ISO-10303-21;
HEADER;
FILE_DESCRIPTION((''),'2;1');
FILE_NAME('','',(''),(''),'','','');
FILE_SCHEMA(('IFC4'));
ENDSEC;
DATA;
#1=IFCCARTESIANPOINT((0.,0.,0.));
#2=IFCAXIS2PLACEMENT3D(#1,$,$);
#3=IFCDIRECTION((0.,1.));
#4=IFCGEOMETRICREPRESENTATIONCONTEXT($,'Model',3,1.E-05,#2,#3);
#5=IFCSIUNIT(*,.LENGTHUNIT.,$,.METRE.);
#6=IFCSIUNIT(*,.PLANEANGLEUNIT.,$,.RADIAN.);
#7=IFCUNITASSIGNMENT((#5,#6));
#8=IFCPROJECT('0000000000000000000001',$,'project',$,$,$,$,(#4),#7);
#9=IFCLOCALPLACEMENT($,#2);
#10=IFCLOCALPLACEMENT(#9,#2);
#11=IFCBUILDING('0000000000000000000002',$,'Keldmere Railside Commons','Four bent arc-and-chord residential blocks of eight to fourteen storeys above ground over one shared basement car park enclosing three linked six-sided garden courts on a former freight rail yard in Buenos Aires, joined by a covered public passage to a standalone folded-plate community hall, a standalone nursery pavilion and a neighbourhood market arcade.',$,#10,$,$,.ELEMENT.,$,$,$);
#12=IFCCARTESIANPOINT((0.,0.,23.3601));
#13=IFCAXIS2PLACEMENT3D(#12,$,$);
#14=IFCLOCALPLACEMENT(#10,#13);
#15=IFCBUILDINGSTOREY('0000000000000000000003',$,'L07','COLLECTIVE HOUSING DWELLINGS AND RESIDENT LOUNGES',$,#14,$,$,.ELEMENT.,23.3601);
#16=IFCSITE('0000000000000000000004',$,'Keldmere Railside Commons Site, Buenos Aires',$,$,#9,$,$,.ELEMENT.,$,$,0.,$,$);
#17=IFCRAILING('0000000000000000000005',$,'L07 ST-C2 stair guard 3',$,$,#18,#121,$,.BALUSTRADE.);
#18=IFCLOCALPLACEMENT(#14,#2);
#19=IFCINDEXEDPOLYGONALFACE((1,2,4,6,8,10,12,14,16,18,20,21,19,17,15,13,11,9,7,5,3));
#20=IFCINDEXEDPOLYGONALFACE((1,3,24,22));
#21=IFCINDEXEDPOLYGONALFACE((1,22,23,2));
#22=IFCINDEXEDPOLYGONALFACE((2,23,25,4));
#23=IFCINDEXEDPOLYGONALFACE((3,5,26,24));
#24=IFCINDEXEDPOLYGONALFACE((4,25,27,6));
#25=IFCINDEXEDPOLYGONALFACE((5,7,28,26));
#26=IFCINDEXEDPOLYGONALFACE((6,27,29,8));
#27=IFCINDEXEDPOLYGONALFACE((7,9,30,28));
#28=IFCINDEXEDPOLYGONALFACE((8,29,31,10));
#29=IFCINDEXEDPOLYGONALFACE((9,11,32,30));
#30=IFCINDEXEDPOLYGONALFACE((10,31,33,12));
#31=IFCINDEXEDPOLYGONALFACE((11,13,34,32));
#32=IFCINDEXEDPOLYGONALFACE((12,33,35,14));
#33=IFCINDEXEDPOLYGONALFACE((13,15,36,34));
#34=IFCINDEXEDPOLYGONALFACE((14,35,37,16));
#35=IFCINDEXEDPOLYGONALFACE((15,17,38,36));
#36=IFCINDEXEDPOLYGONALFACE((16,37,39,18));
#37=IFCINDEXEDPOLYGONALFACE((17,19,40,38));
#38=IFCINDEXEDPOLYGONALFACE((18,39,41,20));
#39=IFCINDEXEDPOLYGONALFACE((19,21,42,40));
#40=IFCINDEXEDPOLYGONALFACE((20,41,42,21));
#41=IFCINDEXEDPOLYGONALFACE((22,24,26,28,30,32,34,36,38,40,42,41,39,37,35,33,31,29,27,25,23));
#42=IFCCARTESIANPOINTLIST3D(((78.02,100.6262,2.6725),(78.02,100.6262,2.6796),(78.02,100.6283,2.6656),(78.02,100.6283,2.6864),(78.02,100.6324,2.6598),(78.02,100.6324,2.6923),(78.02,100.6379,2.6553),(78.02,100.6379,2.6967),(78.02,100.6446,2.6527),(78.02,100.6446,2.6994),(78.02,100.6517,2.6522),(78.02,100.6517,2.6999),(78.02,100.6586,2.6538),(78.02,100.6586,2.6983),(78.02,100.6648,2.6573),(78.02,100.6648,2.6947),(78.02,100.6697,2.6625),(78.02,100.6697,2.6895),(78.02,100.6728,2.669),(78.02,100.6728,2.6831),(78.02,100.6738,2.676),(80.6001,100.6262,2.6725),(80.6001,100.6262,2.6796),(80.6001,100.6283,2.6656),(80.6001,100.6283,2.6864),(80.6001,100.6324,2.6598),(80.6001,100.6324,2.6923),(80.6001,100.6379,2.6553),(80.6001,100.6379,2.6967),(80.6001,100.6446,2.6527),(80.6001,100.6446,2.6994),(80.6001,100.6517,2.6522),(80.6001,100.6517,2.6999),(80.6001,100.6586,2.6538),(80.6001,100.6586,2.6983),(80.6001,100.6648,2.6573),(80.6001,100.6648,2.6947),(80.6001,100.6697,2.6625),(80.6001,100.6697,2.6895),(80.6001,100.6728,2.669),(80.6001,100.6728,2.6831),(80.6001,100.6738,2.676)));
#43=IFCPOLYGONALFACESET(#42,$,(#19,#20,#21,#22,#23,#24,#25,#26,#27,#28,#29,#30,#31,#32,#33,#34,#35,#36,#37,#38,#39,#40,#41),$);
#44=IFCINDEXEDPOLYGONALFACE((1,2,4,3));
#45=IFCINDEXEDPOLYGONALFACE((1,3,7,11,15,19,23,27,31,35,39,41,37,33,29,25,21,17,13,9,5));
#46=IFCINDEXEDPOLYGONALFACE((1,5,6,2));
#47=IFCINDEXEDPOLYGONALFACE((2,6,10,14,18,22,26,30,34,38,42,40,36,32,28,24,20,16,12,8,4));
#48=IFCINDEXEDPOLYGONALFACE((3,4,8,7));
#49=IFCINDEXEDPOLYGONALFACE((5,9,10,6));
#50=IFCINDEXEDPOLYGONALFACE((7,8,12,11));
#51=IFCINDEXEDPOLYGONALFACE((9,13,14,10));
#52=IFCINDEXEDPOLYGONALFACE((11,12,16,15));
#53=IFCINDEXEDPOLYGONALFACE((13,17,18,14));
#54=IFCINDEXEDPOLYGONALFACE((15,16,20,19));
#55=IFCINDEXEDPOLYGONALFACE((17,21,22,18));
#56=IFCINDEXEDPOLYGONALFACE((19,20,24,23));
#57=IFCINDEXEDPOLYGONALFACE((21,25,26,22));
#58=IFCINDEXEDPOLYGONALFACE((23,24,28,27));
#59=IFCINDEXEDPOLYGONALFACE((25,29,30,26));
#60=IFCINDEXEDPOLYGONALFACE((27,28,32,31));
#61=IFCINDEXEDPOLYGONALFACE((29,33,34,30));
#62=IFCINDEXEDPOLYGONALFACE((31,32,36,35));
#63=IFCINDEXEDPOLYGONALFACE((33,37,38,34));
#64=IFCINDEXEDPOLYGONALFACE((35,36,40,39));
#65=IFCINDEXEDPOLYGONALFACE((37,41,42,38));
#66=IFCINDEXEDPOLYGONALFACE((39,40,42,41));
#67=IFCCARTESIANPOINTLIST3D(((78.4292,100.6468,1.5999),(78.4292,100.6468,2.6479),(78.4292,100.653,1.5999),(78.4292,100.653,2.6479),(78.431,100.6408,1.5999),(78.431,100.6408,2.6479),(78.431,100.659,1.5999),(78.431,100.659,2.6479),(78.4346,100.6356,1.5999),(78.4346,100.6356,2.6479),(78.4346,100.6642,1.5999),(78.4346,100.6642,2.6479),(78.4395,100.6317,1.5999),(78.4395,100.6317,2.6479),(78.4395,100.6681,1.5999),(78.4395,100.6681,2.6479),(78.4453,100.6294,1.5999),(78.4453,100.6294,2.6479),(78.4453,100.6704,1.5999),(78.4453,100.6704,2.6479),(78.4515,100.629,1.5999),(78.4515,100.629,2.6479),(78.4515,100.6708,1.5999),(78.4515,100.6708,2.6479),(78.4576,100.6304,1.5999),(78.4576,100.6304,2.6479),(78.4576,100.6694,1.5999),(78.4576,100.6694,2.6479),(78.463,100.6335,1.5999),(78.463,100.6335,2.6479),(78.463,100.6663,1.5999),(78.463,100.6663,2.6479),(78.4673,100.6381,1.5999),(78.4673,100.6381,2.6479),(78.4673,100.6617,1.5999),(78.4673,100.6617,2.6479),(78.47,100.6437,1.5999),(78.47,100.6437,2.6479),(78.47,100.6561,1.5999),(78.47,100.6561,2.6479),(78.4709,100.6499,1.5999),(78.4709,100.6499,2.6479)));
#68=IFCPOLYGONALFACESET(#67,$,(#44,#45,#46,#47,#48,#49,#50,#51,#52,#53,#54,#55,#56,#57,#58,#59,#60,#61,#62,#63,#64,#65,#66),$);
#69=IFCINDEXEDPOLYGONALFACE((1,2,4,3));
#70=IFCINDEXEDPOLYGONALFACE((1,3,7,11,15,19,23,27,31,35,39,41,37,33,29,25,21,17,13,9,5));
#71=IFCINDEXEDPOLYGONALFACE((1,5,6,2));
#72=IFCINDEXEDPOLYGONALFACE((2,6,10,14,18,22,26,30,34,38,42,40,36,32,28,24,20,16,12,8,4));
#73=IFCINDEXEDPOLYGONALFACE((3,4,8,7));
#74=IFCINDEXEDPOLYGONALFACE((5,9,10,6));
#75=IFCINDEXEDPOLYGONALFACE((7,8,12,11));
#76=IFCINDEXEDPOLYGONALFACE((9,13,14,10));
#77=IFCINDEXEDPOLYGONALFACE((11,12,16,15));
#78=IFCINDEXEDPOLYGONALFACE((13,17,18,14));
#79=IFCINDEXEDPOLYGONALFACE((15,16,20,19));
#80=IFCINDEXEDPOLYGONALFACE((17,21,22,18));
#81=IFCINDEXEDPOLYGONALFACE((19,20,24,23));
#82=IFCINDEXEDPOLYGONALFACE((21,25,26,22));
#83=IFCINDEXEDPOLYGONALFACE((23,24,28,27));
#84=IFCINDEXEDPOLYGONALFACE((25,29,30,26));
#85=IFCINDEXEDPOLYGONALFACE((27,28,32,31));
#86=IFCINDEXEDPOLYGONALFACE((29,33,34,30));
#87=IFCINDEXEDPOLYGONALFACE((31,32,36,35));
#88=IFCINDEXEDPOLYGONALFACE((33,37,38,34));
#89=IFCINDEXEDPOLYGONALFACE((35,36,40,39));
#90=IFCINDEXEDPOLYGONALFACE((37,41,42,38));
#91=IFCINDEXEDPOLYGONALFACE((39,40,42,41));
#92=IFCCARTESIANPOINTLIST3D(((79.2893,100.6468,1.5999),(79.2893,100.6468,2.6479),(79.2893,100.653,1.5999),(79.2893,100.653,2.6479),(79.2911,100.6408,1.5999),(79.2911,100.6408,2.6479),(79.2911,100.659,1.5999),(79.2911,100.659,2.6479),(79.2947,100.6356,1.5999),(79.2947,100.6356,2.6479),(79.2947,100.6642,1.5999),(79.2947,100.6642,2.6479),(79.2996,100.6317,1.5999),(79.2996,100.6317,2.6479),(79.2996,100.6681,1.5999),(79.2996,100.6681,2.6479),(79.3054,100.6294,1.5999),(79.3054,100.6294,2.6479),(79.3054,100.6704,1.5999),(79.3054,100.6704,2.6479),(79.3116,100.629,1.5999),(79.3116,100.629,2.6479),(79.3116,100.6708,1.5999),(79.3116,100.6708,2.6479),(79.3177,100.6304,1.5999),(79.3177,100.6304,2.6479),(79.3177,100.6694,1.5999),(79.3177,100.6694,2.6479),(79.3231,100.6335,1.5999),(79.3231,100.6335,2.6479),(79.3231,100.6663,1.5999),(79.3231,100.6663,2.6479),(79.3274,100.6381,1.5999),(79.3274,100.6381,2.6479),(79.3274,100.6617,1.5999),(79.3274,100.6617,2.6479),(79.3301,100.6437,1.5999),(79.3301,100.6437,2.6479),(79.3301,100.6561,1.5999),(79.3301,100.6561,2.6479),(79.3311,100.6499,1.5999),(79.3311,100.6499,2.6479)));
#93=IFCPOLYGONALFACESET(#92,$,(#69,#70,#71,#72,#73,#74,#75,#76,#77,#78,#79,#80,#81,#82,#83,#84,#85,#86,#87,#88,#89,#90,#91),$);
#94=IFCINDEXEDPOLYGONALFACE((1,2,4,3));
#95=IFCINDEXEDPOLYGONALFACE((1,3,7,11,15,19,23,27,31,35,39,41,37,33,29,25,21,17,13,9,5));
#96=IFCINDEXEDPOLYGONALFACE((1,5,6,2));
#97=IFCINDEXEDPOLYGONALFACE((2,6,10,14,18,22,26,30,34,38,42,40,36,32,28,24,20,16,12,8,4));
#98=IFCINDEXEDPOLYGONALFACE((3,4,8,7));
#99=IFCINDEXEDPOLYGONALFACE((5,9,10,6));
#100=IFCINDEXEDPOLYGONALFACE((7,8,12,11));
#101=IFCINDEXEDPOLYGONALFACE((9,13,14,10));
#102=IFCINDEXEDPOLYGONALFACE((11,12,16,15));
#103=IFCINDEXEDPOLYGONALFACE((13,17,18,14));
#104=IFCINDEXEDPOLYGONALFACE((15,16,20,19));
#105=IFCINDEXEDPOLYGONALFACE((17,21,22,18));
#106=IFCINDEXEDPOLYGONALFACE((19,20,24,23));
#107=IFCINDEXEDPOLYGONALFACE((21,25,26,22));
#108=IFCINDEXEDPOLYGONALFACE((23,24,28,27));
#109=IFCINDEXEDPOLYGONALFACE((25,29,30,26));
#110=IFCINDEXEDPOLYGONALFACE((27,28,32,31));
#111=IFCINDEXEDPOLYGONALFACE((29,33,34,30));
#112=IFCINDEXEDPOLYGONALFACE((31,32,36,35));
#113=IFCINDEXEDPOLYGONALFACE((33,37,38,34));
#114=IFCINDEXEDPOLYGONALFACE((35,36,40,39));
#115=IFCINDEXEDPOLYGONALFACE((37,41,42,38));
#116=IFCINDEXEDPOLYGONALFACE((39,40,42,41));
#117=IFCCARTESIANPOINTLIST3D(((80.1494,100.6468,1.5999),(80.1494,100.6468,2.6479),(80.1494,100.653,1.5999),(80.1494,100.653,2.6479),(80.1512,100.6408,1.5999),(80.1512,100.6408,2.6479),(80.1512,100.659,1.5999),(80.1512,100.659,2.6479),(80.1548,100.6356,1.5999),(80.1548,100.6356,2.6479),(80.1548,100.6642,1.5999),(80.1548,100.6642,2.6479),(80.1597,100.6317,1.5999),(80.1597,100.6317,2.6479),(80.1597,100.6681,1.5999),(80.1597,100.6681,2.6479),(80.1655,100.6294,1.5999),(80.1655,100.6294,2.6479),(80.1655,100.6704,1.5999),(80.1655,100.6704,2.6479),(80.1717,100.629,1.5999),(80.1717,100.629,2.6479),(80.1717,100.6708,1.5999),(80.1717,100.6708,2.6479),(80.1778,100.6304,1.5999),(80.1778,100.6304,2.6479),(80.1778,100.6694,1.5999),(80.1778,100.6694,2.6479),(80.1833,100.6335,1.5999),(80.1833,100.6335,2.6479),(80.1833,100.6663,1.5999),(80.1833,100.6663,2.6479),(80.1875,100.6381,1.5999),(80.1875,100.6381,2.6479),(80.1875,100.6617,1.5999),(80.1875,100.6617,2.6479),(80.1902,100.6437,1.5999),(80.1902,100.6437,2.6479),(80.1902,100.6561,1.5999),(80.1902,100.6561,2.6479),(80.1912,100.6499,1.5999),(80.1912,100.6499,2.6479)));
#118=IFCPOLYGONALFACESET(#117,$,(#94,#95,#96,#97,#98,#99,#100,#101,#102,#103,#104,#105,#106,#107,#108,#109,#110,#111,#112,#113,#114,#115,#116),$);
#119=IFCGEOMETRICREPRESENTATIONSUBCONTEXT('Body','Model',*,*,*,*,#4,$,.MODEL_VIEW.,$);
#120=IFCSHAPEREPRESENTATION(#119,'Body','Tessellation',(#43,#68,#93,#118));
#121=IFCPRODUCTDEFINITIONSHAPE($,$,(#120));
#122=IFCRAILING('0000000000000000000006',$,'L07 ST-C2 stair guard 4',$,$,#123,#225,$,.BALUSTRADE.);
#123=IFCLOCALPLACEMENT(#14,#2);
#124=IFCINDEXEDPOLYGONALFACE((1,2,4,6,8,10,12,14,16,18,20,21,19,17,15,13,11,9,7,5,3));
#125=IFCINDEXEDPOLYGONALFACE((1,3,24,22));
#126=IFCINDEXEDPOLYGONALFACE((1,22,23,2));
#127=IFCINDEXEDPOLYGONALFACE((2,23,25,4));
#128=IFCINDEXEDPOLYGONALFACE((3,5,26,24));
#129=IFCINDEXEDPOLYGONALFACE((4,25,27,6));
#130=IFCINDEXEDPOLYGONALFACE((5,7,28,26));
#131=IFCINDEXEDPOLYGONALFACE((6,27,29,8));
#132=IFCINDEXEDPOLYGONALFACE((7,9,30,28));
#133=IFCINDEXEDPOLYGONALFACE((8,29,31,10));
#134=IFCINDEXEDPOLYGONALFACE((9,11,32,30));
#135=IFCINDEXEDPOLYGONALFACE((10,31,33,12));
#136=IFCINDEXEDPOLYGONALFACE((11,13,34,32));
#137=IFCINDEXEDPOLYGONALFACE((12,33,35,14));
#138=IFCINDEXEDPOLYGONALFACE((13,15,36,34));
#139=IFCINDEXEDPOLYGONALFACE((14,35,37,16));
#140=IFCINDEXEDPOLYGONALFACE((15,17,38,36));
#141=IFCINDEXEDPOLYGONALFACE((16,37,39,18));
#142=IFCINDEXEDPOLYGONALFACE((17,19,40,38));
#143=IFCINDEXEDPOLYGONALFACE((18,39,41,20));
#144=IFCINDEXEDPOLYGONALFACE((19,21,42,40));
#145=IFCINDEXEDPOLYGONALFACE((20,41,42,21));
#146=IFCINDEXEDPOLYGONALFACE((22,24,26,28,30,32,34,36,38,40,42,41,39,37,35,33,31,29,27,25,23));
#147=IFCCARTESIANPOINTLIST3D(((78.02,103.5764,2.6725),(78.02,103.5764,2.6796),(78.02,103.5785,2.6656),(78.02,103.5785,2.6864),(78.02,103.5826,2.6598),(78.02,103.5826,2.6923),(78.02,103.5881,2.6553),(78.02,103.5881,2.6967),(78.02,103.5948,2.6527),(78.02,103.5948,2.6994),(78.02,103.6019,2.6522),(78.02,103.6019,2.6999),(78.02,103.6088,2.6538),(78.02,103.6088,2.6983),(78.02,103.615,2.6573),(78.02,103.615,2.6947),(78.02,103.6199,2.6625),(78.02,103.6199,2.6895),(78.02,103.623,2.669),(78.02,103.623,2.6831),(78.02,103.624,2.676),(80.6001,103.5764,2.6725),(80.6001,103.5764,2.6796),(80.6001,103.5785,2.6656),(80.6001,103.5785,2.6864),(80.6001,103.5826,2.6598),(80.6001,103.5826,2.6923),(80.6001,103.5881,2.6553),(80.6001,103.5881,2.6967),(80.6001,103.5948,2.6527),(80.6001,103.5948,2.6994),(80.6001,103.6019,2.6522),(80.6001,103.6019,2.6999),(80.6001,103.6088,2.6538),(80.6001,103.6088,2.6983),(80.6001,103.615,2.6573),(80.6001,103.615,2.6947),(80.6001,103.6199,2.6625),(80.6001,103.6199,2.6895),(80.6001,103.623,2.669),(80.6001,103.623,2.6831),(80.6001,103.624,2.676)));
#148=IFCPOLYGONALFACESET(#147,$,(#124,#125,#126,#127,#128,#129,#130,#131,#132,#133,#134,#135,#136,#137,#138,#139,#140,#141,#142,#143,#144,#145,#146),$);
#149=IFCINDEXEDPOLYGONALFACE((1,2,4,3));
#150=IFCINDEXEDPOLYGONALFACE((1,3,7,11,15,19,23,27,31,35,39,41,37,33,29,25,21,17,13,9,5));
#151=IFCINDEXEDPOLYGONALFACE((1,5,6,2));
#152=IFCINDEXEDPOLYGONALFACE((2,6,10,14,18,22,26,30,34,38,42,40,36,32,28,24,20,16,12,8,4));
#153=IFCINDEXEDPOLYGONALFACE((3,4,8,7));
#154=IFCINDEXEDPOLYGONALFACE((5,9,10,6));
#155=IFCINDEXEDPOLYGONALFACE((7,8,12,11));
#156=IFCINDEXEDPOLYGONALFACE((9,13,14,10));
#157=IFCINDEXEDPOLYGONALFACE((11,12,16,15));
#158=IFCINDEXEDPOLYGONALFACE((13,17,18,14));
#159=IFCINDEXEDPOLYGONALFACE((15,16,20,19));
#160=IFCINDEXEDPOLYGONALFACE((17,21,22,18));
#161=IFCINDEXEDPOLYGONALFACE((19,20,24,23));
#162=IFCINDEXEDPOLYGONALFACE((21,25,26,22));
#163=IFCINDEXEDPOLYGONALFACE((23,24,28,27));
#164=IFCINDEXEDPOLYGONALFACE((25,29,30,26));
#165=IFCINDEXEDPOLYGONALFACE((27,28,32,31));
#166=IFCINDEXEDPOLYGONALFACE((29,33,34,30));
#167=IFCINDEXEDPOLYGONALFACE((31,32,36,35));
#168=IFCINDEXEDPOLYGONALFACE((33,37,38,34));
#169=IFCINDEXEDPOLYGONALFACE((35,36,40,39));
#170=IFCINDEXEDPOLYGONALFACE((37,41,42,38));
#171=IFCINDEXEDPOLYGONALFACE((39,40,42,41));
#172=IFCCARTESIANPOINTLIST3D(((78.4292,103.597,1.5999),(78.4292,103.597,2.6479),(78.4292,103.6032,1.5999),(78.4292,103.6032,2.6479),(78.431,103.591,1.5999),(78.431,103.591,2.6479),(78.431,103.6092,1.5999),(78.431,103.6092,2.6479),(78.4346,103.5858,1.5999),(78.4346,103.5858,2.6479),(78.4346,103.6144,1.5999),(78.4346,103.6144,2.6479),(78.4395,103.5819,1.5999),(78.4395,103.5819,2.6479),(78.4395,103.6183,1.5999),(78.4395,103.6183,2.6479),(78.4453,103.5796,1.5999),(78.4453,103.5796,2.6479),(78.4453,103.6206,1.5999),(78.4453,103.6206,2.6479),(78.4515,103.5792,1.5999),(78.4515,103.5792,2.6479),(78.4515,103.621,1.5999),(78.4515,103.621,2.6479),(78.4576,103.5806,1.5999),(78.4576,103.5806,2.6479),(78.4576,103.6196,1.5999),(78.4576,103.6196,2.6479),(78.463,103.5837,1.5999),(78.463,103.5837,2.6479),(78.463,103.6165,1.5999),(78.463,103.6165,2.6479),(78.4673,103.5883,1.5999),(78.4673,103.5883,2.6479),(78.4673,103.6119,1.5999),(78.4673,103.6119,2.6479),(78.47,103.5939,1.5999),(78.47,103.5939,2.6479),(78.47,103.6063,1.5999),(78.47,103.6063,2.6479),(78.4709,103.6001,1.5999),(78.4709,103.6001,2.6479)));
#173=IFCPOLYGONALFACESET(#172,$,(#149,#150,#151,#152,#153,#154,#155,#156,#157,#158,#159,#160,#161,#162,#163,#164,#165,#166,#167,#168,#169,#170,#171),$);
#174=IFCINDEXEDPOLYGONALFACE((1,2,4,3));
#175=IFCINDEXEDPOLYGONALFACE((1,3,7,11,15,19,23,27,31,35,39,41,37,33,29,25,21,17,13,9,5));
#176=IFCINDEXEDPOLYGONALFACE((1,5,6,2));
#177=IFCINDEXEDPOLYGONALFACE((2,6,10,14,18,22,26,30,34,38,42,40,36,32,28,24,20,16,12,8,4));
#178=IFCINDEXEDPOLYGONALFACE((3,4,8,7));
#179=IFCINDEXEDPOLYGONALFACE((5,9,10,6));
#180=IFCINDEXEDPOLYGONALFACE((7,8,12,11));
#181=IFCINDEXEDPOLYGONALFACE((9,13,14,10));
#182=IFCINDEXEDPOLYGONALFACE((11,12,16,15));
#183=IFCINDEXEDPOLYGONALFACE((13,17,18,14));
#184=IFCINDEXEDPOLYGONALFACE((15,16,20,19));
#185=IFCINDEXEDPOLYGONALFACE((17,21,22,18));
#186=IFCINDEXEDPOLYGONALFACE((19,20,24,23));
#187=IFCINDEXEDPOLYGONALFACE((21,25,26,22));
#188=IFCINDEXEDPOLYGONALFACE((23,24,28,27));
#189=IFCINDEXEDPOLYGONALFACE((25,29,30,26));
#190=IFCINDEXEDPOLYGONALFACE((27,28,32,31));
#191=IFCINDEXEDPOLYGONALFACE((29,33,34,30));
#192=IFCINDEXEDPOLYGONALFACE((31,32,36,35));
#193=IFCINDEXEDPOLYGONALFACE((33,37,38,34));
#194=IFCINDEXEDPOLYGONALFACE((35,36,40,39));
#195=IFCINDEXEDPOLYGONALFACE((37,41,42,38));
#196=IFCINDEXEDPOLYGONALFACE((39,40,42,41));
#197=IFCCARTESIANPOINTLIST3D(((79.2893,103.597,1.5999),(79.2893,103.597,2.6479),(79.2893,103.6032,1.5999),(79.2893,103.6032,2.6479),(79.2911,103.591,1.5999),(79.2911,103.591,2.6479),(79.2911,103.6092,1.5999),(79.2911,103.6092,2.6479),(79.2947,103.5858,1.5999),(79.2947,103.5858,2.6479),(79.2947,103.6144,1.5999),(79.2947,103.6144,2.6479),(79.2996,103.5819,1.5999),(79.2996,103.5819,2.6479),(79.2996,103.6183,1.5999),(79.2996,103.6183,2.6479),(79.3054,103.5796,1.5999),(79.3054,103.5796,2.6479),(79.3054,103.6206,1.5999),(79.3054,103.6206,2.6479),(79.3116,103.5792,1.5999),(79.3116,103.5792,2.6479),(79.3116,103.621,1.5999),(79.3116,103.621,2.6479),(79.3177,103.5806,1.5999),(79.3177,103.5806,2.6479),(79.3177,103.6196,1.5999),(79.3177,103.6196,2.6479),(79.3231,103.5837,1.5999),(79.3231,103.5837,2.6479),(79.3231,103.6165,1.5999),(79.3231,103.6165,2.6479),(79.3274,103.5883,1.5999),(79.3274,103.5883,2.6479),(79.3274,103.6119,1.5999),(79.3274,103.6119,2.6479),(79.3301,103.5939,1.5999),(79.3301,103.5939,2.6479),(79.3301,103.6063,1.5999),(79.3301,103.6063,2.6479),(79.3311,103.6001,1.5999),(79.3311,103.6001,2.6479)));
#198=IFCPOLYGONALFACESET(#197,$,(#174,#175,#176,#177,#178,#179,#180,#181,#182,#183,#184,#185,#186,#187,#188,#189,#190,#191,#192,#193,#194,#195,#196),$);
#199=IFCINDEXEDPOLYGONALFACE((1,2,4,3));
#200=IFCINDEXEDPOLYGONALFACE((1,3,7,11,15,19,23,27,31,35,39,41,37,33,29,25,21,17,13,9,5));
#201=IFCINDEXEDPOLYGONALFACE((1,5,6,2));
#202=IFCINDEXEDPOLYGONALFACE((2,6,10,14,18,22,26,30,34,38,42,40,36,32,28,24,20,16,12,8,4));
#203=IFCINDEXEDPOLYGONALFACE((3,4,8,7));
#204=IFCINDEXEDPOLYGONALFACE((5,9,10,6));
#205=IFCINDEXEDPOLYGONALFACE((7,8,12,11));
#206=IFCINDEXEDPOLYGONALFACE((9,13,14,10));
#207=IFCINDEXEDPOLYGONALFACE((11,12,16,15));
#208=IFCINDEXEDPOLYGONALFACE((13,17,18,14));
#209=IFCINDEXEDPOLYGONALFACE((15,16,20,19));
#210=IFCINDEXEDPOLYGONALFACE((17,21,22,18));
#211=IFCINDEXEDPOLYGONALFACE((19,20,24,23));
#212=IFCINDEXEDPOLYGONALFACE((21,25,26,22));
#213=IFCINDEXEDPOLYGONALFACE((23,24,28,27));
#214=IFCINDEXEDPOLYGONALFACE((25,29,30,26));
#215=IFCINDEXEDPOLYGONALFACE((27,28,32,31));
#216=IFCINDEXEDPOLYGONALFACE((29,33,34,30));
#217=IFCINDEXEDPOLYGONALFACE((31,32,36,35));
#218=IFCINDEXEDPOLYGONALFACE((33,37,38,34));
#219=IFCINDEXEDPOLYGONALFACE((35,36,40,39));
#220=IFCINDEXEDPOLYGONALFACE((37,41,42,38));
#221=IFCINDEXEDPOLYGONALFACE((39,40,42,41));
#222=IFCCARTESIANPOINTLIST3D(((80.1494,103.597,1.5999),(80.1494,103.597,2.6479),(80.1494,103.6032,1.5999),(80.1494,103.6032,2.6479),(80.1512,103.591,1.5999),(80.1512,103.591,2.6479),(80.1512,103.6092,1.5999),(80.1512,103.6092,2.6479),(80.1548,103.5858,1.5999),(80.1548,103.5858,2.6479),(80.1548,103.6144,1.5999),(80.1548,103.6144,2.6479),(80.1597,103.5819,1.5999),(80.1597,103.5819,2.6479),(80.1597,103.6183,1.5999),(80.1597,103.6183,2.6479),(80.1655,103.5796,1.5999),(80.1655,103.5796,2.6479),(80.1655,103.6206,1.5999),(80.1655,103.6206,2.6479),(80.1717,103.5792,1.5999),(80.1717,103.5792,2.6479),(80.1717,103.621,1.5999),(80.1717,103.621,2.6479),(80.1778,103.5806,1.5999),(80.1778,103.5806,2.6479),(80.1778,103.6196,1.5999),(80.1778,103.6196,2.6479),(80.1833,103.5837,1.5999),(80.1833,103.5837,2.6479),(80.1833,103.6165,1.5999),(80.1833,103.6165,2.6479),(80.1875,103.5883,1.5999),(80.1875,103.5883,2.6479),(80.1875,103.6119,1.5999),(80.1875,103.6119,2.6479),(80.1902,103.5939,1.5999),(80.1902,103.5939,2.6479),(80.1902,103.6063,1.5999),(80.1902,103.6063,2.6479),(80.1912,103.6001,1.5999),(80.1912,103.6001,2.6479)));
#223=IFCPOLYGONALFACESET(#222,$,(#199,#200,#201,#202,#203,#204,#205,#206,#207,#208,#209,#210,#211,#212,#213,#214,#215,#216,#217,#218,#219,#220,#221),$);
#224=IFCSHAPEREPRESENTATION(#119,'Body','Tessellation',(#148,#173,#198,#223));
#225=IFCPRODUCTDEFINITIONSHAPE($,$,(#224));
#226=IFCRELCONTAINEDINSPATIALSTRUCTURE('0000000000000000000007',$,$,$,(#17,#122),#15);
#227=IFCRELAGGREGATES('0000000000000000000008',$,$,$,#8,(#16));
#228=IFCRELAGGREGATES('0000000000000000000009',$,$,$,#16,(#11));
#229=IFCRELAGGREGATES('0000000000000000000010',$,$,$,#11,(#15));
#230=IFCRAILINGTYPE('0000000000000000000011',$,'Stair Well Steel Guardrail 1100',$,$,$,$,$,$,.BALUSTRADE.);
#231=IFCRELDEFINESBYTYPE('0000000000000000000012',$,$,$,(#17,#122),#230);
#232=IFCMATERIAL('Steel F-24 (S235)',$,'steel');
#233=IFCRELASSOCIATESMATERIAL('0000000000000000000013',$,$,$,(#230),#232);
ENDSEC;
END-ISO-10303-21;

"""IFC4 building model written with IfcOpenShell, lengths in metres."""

from ifc_helpers import new_model, si_unit, direction, frame, origin, origin_2d, place, context, subcontext, project, spatial, circle, extrude, material, type_object, element, save


model = new_model("IFC4")

# Units and contexts
model_context = context("Model", 3, precision=1e-05, world=origin(), true_north=direction((0.0, 1.0)))
body_context = subcontext(model_context, "Body", "Model", "MODEL_VIEW")
ifc_project = project(units=[si_unit("LENGTHUNIT", "METRE"), si_unit("PLANEANGLEUNIT", "RADIAN")], contexts=[model_context])

# Site, building, storey
site_placement = place(None, origin())
site = spatial("IfcSite", under=ifc_project, at=site_placement, Name="Keldmere Railside Commons Site, Buenos Aires", CompositionType="ELEMENT", RefElevation=0.0)
building_placement = place(site_placement, origin())
building = spatial("IfcBuilding", under=site, at=building_placement, Name="Keldmere Railside Commons", Description="Four bent arc-and-chord residential blocks of eight to fourteen storeys above ground over one shared basement car park enclosing three linked six-sided garden courts on a former freight rail yard in Buenos Aires, joined by a covered public passage to a standalone folded-plate community hall, a standalone nursery pavilion and a neighbourhood market arcade.", CompositionType="ELEMENT")
storey_placement = place(building_placement, frame((0.0, 0.0, 23.3601)))
storey = spatial("IfcBuildingStorey", under=building, at=storey_placement, Name="L07", Description="COLLECTIVE HOUSING DWELLINGS AND RESIDENT LOUNGES", CompositionType="ELEMENT", Elevation=23.3601)

# Shared definitions
ifc_material_1 = material(Name="Steel F-24 (S235)", Category="steel")

# Railings
railing_type_1 = type_object("IfcRailingType", Name="Stair Well Steel Guardrail 1100", PredefinedType="BALUSTRADE", material=ifc_material_1)
for number, where, name in (
    (1, (78.02, 100.6499, 1.5999), "L07 ST-C2 stair guard 3"),
    (2, (78.02, 103.6001, 1.5999), "L07 ST-C2 stair guard 4"),
):
    element("IfcRailing", number, at=place(storey_placement, frame(where)), inside=storey, type_object=railing_type_1, Name=name, PredefinedType="BALUSTRADE", context=body_context, shape_type="SweptSolid", body=[
        extrude(circle(Radius=0.0239, at=origin_2d()), frame((0.0, 0.0, 1.0762), z_axis=(1.0, 0.0, 0.0), x_axis=(0.0, 1.0, 0.0)), (0.0, 0.0, 1.0), 2.5801),
        extrude(circle(Radius=0.021, at=origin_2d()), frame((0.4299, 0.0, 0.0)), (0.0, 0.0, 1.0), 1.0481),
        extrude(circle(Radius=0.021, at=origin_2d()), frame((1.29, 0.0, 0.0)), (0.0, 0.0, 1.0), 1.0481),
        extrude(circle(Radius=0.021, at=origin_2d()), frame((2.1501, 0.0, 0.0)), (0.0, 0.0, 1.0), 1.0481),
    ])

save(model, "model.ifc")
